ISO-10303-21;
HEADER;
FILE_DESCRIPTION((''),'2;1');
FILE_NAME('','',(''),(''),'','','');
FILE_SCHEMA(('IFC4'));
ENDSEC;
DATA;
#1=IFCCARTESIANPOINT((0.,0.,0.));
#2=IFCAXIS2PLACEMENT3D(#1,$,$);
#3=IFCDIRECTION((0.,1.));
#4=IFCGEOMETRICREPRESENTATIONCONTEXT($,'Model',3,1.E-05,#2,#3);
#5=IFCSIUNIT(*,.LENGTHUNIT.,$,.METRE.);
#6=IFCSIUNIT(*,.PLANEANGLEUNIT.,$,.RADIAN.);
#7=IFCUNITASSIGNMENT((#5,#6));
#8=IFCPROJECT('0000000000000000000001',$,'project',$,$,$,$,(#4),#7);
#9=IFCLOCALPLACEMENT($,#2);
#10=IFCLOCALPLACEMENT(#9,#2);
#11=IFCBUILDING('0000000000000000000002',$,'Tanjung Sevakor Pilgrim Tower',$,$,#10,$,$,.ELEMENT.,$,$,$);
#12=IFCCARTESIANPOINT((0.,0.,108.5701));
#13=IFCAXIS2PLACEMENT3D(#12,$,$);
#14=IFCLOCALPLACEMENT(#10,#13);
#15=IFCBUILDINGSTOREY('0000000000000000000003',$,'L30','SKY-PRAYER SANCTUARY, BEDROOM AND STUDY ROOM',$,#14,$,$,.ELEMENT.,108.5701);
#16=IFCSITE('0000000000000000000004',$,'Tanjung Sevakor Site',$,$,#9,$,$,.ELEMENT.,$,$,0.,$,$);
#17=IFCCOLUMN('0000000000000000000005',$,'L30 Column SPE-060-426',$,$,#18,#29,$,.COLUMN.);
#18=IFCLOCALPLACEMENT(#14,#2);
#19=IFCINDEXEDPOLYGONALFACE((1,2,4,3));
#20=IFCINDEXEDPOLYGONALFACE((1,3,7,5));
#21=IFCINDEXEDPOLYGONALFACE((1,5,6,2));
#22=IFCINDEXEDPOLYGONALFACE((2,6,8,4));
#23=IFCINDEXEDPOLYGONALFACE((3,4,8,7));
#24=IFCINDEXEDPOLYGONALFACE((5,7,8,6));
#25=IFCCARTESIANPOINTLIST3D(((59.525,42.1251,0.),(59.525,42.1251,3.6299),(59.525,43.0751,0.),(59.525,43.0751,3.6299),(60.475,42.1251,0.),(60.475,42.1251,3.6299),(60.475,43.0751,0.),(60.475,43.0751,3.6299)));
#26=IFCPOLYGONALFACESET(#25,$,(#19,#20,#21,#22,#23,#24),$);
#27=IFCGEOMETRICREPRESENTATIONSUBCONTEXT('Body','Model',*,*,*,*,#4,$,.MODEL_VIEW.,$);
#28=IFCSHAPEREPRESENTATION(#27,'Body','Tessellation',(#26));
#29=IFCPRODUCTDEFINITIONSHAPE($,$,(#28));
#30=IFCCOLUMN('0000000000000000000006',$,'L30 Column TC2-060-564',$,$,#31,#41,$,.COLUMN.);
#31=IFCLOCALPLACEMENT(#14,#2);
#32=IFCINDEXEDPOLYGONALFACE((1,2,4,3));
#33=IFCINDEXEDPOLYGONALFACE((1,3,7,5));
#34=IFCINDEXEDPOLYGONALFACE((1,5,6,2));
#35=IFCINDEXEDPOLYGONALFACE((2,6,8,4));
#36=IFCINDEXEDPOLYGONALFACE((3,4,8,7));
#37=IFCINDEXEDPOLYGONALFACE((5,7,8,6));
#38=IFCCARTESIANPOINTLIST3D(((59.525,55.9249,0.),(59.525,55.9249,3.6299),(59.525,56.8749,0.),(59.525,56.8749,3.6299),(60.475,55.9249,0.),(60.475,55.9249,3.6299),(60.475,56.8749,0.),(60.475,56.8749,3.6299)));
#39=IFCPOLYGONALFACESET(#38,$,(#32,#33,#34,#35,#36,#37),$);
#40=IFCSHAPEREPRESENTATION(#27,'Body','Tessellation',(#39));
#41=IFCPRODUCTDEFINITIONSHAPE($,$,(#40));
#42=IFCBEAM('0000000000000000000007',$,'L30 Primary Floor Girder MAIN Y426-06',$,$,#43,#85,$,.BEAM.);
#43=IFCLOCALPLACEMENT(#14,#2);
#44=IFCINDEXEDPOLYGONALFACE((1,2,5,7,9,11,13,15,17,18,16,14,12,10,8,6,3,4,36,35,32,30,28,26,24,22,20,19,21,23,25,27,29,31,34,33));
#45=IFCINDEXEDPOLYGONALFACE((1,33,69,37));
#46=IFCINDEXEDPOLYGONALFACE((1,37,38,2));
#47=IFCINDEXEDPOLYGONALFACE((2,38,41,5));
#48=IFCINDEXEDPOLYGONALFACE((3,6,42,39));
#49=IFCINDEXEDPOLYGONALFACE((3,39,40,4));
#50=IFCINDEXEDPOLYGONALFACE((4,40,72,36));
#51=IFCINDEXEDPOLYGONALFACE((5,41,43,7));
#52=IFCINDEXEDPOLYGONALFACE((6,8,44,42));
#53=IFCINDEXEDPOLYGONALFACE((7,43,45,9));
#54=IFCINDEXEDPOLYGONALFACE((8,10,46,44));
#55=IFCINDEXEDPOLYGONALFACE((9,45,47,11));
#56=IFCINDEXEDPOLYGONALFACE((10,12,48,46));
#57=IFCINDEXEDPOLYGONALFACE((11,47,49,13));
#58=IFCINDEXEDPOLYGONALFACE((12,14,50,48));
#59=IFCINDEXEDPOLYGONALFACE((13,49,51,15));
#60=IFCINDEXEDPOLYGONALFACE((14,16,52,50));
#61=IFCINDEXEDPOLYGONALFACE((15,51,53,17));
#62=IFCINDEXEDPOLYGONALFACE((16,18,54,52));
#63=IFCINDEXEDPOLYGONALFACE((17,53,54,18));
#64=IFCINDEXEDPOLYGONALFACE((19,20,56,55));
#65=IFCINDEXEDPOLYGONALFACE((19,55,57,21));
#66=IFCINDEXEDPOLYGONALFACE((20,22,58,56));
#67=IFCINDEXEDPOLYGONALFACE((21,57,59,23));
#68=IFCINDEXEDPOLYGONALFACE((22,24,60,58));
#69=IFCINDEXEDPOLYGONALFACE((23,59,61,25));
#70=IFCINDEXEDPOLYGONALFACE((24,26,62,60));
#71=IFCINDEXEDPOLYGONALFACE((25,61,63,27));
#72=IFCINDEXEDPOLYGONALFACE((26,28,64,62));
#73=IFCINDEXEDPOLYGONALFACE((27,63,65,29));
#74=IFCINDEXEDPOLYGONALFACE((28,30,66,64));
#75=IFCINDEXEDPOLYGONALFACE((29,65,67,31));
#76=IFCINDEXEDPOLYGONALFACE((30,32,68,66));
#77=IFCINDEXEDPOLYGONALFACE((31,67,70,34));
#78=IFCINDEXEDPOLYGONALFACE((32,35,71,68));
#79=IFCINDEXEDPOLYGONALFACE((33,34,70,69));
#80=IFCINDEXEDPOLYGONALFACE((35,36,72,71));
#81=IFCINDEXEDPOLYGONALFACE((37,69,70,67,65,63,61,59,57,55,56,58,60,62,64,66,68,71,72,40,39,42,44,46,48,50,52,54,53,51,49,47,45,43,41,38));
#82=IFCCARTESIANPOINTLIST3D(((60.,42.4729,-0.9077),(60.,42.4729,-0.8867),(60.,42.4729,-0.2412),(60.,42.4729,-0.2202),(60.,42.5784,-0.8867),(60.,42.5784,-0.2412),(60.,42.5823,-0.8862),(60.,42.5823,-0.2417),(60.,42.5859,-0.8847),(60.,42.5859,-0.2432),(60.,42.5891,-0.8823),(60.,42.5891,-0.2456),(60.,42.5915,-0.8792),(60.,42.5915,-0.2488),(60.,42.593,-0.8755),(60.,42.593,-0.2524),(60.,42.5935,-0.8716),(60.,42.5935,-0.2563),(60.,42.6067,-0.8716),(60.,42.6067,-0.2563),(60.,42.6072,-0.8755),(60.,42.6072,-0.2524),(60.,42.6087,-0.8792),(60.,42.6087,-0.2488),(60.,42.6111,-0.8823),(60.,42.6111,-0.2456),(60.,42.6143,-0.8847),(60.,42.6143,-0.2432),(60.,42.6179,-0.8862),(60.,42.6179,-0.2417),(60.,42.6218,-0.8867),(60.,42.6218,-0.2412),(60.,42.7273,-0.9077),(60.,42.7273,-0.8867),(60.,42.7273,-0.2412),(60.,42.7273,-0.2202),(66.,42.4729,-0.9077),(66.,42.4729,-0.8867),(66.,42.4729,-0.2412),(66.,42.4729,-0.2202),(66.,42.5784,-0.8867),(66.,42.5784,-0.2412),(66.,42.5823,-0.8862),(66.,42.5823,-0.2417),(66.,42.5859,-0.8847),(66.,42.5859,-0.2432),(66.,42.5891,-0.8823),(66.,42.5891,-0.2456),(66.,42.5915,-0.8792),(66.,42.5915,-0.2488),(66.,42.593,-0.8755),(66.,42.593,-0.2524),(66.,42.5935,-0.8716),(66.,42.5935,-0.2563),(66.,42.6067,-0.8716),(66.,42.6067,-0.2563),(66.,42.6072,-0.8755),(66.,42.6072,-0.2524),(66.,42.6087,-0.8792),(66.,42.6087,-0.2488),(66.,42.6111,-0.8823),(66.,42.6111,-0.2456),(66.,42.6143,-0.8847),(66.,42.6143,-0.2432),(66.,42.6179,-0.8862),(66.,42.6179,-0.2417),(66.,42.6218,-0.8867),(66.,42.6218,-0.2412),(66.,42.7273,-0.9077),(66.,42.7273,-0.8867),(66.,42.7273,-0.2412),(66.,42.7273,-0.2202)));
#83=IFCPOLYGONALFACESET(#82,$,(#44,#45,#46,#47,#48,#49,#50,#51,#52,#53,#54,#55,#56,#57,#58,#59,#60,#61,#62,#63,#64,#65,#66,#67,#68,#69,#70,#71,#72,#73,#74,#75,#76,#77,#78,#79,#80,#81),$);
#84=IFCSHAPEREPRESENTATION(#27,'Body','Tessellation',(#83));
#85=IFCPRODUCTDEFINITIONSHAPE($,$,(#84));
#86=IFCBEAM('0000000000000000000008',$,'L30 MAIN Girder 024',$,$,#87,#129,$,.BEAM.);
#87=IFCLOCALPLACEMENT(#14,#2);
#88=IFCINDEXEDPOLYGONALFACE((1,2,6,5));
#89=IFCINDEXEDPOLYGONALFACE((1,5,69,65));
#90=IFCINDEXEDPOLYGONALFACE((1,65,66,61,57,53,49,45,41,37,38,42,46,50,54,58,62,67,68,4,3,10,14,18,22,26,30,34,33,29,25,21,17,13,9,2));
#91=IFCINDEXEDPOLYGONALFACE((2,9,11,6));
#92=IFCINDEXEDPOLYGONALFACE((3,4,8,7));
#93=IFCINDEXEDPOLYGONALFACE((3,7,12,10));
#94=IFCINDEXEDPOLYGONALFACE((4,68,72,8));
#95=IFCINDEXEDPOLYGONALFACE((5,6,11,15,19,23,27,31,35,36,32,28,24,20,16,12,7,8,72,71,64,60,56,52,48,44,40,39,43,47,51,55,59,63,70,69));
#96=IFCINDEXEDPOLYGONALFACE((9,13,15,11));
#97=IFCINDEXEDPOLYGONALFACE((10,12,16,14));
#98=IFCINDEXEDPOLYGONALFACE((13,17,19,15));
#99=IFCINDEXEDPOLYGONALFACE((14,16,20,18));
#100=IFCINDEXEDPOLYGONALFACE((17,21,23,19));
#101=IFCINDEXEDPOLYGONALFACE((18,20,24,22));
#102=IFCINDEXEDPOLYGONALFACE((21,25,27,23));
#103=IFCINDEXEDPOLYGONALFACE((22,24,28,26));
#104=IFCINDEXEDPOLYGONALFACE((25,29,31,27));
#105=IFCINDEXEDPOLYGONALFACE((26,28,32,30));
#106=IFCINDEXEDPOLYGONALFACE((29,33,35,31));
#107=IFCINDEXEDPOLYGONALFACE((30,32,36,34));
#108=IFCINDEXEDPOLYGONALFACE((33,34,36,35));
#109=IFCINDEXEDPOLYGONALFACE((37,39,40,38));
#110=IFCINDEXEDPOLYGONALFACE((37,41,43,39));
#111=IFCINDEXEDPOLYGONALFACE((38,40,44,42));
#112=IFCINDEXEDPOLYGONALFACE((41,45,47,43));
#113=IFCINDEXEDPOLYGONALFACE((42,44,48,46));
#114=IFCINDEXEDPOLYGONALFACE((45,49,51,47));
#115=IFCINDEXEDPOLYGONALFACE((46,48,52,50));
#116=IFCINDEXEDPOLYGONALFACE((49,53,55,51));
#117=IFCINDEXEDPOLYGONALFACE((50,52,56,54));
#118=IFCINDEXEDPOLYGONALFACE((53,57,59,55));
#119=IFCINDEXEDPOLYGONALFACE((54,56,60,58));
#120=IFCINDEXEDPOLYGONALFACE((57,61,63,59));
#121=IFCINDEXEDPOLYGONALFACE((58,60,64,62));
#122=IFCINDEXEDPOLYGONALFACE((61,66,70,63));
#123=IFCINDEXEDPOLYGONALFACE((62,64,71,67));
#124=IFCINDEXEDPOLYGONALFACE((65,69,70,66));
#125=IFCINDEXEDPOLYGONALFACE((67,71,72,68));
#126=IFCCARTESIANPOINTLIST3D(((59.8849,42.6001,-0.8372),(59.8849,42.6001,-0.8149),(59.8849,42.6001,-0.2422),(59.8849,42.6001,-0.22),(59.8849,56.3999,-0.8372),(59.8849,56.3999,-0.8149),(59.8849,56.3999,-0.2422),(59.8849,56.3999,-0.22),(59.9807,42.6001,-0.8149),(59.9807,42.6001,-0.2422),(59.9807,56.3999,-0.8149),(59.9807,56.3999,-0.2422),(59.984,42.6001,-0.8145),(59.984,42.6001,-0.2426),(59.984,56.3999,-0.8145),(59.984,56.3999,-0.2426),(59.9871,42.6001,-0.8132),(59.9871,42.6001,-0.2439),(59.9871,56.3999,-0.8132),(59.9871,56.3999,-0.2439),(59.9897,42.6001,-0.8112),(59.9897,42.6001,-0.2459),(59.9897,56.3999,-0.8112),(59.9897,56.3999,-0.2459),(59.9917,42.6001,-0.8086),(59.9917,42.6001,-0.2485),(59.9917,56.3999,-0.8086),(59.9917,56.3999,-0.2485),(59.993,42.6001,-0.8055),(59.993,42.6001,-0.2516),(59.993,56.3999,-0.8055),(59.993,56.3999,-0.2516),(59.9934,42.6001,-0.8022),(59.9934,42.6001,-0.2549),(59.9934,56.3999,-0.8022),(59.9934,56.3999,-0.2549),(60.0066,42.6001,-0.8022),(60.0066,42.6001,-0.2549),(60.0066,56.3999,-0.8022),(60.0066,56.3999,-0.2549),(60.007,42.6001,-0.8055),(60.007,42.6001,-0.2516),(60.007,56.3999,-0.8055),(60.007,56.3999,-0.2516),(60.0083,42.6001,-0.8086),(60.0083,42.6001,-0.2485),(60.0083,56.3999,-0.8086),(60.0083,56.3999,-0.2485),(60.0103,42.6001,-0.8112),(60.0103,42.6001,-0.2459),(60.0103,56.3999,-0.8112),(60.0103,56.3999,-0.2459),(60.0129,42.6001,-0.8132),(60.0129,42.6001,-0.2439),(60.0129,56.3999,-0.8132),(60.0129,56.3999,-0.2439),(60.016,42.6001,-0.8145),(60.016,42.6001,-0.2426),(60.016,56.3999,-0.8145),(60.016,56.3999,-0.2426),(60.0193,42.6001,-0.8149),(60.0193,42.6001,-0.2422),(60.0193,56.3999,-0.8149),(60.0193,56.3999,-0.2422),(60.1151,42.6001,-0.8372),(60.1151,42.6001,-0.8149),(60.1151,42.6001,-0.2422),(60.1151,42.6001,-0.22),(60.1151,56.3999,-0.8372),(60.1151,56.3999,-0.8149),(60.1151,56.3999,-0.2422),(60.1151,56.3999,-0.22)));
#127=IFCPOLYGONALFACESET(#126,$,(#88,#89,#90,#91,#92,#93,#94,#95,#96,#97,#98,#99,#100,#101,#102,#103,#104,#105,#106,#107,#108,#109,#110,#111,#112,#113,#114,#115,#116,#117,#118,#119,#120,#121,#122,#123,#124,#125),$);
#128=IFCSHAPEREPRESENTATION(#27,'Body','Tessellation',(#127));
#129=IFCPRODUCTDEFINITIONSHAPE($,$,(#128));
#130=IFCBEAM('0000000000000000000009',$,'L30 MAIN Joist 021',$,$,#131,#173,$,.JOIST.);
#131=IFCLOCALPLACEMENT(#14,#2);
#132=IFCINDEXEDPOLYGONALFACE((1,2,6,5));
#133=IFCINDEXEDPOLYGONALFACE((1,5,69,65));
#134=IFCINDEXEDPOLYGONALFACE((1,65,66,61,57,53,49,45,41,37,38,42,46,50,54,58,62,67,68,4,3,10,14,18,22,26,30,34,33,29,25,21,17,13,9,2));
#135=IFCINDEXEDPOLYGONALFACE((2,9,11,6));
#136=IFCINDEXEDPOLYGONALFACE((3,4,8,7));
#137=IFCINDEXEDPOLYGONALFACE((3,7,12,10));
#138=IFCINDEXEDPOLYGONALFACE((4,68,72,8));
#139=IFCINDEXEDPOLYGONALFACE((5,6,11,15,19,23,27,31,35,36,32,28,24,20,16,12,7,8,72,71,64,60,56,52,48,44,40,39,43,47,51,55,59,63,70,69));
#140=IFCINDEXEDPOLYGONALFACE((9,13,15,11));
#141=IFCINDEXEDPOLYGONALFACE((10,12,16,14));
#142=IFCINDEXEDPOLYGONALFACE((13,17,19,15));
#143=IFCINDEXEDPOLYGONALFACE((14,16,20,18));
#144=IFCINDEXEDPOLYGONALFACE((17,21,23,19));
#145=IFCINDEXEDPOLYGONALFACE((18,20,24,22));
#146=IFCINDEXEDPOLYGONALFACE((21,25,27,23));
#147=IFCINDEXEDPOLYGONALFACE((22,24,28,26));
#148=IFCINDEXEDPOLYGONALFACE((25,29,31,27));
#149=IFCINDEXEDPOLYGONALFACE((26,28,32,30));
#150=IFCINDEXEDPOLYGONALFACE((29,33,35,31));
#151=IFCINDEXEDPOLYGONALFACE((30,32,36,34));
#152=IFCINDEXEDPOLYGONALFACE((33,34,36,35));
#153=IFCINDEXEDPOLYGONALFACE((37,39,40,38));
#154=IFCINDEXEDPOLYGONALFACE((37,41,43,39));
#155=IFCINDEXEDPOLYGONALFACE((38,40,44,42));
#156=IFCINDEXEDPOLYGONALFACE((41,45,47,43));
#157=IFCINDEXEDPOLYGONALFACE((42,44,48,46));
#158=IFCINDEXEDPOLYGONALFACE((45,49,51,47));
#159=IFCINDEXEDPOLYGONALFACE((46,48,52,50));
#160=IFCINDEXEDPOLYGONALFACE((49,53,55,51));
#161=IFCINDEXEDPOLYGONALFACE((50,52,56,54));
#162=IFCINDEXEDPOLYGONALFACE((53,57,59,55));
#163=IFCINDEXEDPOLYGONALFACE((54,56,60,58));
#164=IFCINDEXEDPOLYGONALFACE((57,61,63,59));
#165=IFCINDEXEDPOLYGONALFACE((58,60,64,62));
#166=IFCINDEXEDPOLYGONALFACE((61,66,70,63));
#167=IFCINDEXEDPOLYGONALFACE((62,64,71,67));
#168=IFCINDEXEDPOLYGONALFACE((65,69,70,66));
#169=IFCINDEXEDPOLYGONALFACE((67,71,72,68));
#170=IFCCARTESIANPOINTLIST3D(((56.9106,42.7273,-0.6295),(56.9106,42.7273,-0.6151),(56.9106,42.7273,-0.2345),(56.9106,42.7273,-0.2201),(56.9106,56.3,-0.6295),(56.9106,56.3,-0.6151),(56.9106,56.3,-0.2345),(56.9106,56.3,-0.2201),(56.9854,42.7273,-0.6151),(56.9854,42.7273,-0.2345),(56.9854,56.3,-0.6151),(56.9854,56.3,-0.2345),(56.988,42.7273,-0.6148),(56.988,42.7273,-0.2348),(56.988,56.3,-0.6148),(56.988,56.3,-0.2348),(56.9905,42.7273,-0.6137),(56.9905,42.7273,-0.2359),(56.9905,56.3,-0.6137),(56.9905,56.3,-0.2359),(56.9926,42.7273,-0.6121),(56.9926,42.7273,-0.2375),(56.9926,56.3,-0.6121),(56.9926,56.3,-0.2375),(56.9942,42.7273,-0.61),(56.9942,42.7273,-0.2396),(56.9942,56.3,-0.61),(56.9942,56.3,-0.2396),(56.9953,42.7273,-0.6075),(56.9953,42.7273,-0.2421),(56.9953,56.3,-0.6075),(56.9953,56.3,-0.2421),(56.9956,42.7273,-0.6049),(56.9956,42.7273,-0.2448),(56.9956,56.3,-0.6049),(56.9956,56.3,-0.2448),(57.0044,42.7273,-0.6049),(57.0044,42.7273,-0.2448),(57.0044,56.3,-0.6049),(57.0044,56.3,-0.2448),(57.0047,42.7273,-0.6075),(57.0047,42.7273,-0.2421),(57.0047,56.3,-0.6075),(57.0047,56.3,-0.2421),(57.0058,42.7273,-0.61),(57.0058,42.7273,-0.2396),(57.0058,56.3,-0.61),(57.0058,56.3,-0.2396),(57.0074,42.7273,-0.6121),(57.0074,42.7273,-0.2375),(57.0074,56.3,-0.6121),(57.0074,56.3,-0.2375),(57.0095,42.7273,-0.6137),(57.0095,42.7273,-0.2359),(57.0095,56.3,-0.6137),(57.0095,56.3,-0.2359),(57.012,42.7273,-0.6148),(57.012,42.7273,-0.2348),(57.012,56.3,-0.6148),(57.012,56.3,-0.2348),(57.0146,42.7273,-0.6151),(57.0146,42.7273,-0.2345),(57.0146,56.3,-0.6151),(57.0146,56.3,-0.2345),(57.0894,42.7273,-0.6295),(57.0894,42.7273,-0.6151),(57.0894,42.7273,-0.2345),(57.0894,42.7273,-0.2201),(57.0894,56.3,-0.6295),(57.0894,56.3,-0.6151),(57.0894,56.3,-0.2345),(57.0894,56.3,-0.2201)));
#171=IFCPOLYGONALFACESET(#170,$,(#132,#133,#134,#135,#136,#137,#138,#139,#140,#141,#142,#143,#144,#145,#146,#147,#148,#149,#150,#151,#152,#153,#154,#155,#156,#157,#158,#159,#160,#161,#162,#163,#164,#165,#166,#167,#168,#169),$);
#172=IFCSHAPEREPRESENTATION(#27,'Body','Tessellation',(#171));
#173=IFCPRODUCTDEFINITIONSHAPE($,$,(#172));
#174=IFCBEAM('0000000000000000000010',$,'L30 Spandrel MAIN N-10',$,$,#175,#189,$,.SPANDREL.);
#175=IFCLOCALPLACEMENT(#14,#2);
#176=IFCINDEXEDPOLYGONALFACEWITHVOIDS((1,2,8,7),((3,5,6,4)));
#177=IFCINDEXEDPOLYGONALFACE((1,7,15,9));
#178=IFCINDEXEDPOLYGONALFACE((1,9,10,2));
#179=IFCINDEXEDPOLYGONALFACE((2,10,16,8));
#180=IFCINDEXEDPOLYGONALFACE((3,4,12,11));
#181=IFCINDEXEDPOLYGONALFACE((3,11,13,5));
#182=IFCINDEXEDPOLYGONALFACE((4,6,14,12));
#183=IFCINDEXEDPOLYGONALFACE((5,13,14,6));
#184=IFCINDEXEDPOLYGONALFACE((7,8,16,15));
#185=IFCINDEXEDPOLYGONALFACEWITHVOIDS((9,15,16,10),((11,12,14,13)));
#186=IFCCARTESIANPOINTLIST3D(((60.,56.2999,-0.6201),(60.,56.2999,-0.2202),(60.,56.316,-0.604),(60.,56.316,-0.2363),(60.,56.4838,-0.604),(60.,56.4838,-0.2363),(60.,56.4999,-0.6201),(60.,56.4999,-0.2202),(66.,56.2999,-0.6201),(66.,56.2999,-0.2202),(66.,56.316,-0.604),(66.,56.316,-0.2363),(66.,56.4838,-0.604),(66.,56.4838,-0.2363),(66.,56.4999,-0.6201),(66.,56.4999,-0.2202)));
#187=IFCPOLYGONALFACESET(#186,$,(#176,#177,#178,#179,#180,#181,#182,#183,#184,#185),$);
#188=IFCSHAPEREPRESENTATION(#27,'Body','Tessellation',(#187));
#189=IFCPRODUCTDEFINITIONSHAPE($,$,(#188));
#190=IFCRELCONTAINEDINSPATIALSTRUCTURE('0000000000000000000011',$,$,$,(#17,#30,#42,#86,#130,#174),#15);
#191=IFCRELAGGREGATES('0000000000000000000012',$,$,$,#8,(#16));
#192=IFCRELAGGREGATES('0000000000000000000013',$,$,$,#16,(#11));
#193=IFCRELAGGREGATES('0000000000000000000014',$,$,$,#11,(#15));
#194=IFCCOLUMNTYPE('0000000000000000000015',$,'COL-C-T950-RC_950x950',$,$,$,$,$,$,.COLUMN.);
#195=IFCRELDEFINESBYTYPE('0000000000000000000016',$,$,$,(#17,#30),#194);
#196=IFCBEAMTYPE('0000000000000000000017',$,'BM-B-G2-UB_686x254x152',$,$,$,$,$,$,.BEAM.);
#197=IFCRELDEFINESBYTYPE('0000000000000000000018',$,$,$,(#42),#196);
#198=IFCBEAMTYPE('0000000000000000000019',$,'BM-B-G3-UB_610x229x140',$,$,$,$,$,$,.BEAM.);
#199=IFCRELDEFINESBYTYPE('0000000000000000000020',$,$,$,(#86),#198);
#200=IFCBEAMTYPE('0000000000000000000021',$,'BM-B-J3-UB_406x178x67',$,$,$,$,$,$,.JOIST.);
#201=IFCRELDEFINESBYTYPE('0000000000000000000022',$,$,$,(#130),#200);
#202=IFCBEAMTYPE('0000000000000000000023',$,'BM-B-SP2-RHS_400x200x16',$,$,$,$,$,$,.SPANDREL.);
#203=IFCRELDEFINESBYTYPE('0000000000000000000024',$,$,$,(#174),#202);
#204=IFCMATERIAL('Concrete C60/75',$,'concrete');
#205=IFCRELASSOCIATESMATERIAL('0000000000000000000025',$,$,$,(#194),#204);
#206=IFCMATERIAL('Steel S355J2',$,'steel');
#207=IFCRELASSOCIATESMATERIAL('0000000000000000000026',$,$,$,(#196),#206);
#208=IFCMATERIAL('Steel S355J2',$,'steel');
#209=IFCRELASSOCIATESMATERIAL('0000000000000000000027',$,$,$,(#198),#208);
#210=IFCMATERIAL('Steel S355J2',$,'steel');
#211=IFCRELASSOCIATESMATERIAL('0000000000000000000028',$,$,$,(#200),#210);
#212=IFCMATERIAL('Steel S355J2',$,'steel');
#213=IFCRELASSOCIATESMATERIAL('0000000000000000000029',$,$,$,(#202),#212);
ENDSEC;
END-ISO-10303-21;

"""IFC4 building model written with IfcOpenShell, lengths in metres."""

from ifc_helpers import new_model, si_unit, direction, frame, origin, origin_2d, place, context, subcontext, project, spatial, rectangle, hollow_rectangle, i_section, extrude, material, material_profile, profile_set, type_object, element, save


model = new_model("IFC4")

# Units and contexts
model_context = context("Model", 3, precision=1e-05, world=origin(), true_north=direction((0.0, 1.0)))
body_context = subcontext(model_context, "Body", "Model", "MODEL_VIEW")
ifc_project = project(units=[si_unit("LENGTHUNIT", "METRE"), si_unit("PLANEANGLEUNIT", "RADIAN")], contexts=[model_context])

# Site, building, storey
site_placement = place(None, origin())
site = spatial("IfcSite", under=ifc_project, at=site_placement, Name="Tanjung Sevakor Site", CompositionType="ELEMENT", RefElevation=0.0)
building_placement = place(site_placement, origin())
building = spatial("IfcBuilding", under=site, at=building_placement, Name="Tanjung Sevakor Pilgrim Tower", CompositionType="ELEMENT")
storey_placement = place(building_placement, frame((0.0, 0.0, 108.5701)))
storey = spatial("IfcBuildingStorey", under=building, at=storey_placement, Name="L30", Description="SKY-PRAYER SANCTUARY, BEDROOM AND STUDY ROOM", CompositionType="ELEMENT", Elevation=108.5701)

# Columns
ifc_material_1 = material(Name="Concrete C60/75", Category="concrete")
ifc_material_profile_1 = material_profile(ifc_material_1, rectangle(XDim=0.95, YDim=0.95, at=origin_2d()))
ifc_profile_set_1 = profile_set([ifc_material_profile_1], Name="Concrete C60/75")
column_type = type_object("IfcColumnType", Name="COL-C-T950-RC_950x950", PredefinedType="COLUMN", material=ifc_profile_set_1)
for number, where, z_axis, x_axis, name in (
    (1, (60.0, 42.6001, 0.0), (0.0, 0.0, 1.0), (1.0, 0.0, 0.0), "L30 Column SPE-060-426"),
    (2, (60.0, 56.3999, 0.0), (0.0, 0.0, 1.0), (1.0, 0.0, 0.0), "L30 Column TC2-060-564"),
):
    element("IfcColumn", number, at=place(storey_placement, frame(where, z_axis=z_axis, x_axis=x_axis)), inside=storey, type_object=column_type, Name=name, PredefinedType="COLUMN", context=body_context, shape_type="SweptSolid", body=[
        extrude(rectangle(XDim=0.95, YDim=0.95, at=origin_2d()), origin(), (0.0, 0.0, 1.0), 3.6299),
    ])

# Beams
ifc_material_2 = material(Name="Steel S355J2", Category="steel")
ifc_material_profile_2 = material_profile(ifc_material_2, i_section(OverallWidth=0.2544, OverallDepth=0.6875, WebThickness=0.0132, FlangeThickness=0.021, FilletRadius=0.0151, at=origin_2d()))
ifc_profile_set_2 = profile_set([ifc_material_profile_2], Name="Steel S355J2")
beam_type_1 = type_object("IfcBeamType", Name="BM-B-G2-UB_686x254x152", PredefinedType="BEAM", material=ifc_profile_set_2)
beam_1_placement = place(storey_placement, frame((60.0, 42.6001, -0.564), z_axis=(1.0, 0.0, 0.0), x_axis=(0.0, 1.0, 0.0)))
element("IfcBeam", 3, at=beam_1_placement, inside=storey, type_object=beam_type_1, Name="L30 Primary Floor Girder MAIN Y426-06", PredefinedType="BEAM", context=body_context, shape_type="SweptSolid", body=[
    extrude(i_section(OverallWidth=0.2544, OverallDepth=0.6875, WebThickness=0.0132, FlangeThickness=0.021, FilletRadius=0.0151, at=origin_2d()), origin(), (0.0, 0.0, 1.0), 6.0),
])
ifc_material_3 = material(Name="Steel S355J2", Category="steel")
ifc_material_profile_3 = material_profile(ifc_material_3, i_section(OverallWidth=0.2302, OverallDepth=0.6172, WebThickness=0.0132, FlangeThickness=0.0222, FilletRadius=0.0127, at=origin_2d()))
ifc_profile_set_3 = profile_set([ifc_material_profile_3], Name="Steel S355J2")
beam_type_2 = type_object("IfcBeamType", Name="BM-B-G3-UB_610x229x140", PredefinedType="BEAM", material=ifc_profile_set_3)
beam_2_placement = place(storey_placement, frame((60.0, 42.6001, -0.5286), z_axis=(0.0, 1.0, 0.0), x_axis=(-1.0, 0.0, 0.0)))
element("IfcBeam", 4, at=beam_2_placement, inside=storey, type_object=beam_type_2, Name="L30 MAIN Girder 024", PredefinedType="BEAM", context=body_context, shape_type="SweptSolid", body=[
    extrude(i_section(OverallWidth=0.2302, OverallDepth=0.6172, WebThickness=0.0132, FlangeThickness=0.0222, FilletRadius=0.0127, at=origin_2d()), origin(), (0.0, 0.0, 1.0), 13.7998),
])
ifc_material_4 = material(Name="Steel S355J2", Category="steel")
ifc_material_profile_4 = material_profile(ifc_material_4, i_section(OverallWidth=0.1787, OverallDepth=0.4094, WebThickness=0.0088, FlangeThickness=0.0144, FilletRadius=0.0103, at=origin_2d()))
ifc_profile_set_4 = profile_set([ifc_material_profile_4], Name="Steel S355J2")
beam_type_3 = type_object("IfcBeamType", Name="BM-B-J3-UB_406x178x67", PredefinedType="JOIST", material=ifc_profile_set_4)
beam_3_placement = place(storey_placement, frame((57.0, 42.7273, -0.4248), z_axis=(0.0, 1.0, 0.0), x_axis=(-1.0, 0.0, 0.0)))
element("IfcBeam", 5, at=beam_3_placement, inside=storey, type_object=beam_type_3, Name="L30 MAIN Joist 021", PredefinedType="JOIST", context=body_context, shape_type="SweptSolid", body=[
    extrude(i_section(OverallWidth=0.1787, OverallDepth=0.4094, WebThickness=0.0088, FlangeThickness=0.0144, FilletRadius=0.0103, at=origin_2d()), origin(), (0.0, 0.0, 1.0), 13.5728),
])
ifc_material_5 = material(Name="Steel S355J2", Category="steel")
ifc_material_profile_5 = material_profile(ifc_material_5, hollow_rectangle(XDim=0.2, YDim=0.3999, WallThickness=0.0161, at=origin_2d()))
ifc_profile_set_5 = profile_set([ifc_material_profile_5], Name="Steel S355J2")
beam_type_4 = type_object("IfcBeamType", Name="BM-B-SP2-RHS_400x200x16", PredefinedType="SPANDREL", material=ifc_profile_set_5)
beam_4_placement = place(storey_placement, frame((60.0, 56.3999, -0.4202), z_axis=(1.0, 0.0, 0.0), x_axis=(0.0, 1.0, 0.0)))
element("IfcBeam", 6, at=beam_4_placement, inside=storey, type_object=beam_type_4, Name="L30 Spandrel MAIN N-10", PredefinedType="SPANDREL", context=body_context, shape_type="SweptSolid", body=[
    extrude(hollow_rectangle(XDim=0.2, YDim=0.3999, WallThickness=0.0161, at=origin_2d()), origin(), (0.0, 0.0, 1.0), 6.0),
])

save(model, "model.ifc")
